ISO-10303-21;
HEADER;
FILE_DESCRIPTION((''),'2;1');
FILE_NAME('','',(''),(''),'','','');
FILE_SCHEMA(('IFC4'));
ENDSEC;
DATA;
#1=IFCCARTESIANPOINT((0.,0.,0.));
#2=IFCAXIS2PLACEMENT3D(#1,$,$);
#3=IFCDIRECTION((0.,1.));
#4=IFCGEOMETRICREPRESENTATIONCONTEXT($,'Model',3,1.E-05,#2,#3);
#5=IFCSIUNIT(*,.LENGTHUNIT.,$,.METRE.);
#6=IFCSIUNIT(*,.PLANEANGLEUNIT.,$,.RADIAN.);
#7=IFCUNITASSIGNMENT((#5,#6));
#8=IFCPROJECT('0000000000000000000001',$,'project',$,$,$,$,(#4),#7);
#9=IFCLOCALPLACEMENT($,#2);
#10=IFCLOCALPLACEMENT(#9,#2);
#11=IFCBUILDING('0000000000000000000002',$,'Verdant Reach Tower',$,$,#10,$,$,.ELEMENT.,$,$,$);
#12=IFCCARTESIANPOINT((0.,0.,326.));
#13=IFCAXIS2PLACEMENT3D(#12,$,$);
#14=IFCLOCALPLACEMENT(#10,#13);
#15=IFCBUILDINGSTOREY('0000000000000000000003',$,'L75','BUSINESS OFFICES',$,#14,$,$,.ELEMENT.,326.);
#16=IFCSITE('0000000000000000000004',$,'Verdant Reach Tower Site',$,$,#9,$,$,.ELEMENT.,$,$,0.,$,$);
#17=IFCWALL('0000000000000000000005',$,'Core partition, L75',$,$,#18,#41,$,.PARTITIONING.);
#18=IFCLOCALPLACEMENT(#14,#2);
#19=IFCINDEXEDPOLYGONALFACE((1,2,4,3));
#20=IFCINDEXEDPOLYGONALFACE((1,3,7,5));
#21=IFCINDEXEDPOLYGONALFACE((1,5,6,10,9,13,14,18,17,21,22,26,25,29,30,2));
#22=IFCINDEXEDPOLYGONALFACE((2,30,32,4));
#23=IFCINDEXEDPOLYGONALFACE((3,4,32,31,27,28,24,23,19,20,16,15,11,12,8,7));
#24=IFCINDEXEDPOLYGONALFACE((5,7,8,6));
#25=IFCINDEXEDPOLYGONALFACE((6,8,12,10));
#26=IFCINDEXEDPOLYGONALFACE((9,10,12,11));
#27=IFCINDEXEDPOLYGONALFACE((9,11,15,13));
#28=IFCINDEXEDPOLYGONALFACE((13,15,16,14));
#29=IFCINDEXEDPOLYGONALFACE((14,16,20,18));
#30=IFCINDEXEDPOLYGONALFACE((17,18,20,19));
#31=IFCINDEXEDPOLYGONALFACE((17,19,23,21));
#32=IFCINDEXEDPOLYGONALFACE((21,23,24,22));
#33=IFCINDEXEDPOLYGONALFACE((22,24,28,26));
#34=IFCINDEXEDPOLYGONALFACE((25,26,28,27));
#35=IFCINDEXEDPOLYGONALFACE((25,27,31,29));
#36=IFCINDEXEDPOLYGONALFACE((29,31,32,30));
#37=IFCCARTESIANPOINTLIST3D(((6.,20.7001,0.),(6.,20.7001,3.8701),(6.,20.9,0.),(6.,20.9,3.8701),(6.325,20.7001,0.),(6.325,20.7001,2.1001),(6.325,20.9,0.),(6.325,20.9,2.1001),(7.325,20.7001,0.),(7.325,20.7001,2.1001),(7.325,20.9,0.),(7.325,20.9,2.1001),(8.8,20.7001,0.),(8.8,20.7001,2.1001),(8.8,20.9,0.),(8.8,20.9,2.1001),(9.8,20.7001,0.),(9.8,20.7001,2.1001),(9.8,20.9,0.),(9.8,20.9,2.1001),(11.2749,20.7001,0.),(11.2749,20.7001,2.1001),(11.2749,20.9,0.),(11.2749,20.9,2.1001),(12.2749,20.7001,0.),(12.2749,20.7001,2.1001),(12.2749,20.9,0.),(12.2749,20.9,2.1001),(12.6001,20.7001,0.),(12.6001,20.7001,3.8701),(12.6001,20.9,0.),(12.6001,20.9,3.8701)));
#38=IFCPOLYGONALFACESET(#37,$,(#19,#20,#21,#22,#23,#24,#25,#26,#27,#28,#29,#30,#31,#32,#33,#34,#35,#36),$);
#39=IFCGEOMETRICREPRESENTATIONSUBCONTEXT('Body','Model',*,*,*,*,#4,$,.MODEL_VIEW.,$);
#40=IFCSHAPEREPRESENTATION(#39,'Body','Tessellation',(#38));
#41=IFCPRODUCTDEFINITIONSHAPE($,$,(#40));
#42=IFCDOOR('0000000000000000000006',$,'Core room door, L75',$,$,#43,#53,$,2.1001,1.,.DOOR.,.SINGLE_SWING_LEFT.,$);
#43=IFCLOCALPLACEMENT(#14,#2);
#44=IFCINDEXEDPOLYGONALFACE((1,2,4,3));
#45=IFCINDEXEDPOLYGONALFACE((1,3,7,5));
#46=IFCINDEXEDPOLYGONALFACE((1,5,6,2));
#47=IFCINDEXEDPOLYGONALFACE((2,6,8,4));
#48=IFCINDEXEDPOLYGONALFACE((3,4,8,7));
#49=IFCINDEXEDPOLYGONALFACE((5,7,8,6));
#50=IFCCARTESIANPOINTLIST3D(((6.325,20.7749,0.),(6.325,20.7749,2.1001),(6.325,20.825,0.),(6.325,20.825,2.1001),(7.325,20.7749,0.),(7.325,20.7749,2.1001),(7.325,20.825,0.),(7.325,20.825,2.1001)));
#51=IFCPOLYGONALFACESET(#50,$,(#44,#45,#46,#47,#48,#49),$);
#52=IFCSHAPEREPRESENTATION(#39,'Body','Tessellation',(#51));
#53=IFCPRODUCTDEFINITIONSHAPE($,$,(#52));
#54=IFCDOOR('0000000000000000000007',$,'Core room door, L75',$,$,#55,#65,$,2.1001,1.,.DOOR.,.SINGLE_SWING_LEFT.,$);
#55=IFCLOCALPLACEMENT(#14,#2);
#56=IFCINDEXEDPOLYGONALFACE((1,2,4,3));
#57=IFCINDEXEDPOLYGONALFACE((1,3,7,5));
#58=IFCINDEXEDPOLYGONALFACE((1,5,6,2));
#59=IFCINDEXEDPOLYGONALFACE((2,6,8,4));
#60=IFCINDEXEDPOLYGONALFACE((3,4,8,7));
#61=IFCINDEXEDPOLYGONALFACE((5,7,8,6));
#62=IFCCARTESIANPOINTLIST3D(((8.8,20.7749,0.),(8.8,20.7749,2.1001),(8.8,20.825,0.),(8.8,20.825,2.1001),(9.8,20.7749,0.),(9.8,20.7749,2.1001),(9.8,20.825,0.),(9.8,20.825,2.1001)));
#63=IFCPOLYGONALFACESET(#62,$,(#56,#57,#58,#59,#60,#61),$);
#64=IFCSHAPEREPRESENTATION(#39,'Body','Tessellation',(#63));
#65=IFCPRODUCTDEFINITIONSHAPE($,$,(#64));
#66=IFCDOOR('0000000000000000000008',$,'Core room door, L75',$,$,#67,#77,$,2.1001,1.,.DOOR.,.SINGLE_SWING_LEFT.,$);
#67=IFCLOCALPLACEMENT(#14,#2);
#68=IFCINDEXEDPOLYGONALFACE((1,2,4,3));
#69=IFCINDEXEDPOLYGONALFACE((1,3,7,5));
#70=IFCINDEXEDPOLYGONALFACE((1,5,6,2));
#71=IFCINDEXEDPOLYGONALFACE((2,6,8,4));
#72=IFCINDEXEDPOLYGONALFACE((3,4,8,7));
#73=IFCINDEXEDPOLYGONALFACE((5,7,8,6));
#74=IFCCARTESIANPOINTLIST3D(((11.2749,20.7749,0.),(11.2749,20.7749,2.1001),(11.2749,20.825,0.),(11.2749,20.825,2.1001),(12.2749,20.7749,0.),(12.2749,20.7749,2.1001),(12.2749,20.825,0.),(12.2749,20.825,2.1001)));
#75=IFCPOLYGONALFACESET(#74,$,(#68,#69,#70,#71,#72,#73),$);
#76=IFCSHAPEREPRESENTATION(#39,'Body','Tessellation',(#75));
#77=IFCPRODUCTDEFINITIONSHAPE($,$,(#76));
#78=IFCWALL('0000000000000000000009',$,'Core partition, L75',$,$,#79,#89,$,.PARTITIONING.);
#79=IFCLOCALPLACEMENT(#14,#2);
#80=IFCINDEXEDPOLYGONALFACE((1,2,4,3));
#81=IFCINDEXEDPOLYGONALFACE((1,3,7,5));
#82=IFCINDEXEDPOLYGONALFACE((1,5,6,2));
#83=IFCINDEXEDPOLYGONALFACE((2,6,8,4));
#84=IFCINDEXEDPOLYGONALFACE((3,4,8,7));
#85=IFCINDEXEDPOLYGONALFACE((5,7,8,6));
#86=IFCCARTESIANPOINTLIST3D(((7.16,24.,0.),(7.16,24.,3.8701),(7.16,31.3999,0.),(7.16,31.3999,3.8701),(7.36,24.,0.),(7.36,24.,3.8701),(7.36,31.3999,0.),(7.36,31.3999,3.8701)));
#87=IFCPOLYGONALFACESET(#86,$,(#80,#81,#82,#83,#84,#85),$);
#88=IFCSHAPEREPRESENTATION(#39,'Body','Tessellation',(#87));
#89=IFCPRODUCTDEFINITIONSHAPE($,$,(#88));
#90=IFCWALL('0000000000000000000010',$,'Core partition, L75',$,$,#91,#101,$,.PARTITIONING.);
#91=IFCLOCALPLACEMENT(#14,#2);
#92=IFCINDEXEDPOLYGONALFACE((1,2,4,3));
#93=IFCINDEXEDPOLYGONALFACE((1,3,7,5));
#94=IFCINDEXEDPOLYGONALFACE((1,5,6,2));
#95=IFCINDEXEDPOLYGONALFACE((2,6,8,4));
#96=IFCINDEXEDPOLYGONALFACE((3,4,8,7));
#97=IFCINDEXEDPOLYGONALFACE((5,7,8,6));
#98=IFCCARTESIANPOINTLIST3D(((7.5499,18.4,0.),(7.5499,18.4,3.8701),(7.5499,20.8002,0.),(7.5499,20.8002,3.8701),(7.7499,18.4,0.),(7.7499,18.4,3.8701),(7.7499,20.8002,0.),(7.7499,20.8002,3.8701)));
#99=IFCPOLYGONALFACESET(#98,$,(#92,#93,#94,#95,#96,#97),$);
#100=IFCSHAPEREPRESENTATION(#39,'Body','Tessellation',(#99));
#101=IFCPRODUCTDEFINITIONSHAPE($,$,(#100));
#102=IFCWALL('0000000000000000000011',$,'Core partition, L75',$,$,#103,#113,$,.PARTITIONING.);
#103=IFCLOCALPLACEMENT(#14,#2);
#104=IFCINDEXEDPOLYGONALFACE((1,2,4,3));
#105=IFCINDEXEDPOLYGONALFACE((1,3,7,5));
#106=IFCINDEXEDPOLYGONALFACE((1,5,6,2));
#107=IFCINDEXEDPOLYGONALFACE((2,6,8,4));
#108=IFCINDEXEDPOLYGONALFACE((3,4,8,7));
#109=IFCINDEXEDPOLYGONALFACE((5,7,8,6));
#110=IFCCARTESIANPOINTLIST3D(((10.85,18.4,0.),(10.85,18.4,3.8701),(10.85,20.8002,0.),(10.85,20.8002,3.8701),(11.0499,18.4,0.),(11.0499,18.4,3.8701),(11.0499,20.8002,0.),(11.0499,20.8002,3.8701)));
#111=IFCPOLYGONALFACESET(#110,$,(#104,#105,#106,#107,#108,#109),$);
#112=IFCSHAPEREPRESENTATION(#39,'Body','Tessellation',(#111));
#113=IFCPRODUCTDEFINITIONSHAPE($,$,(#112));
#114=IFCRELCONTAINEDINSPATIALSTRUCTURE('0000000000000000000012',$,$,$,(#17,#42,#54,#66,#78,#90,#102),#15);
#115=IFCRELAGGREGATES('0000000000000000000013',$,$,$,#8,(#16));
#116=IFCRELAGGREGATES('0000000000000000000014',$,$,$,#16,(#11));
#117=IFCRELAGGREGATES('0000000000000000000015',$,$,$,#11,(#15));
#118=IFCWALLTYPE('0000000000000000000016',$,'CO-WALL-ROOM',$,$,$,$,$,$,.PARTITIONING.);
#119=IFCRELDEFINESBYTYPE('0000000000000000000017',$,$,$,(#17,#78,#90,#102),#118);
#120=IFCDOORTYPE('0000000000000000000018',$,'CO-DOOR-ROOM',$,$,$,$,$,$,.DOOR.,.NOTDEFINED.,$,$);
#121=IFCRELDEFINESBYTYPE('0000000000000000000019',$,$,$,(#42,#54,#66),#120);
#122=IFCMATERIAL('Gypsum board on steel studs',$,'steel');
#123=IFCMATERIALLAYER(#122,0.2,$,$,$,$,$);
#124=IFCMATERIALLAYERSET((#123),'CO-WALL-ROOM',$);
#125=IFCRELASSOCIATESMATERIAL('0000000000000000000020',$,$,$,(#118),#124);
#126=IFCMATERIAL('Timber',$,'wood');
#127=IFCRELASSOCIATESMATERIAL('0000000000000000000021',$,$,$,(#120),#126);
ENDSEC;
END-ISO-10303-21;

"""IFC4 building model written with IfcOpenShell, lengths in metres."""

from ifc_helpers import new_model, si_unit, direction, frame, frame_2d, origin, place, context, subcontext, project, spatial, rectangle, extrude, material, layer, layer_set, type_object, element, fill, save


model = new_model("IFC4")

# Units and contexts
model_context = context("Model", 3, precision=1e-05, world=origin(), true_north=direction((0.0, 1.0)))
body_context = subcontext(model_context, "Body", "Model", "MODEL_VIEW")
ifc_project = project(units=[si_unit("LENGTHUNIT", "METRE"), si_unit("PLANEANGLEUNIT", "RADIAN")], contexts=[model_context])

# Site, building, storey
site_placement = place(None, origin())
site = spatial("IfcSite", under=ifc_project, at=site_placement, Name="Verdant Reach Tower Site", CompositionType="ELEMENT", RefElevation=0.0)
building_placement = place(site_placement, origin())
building = spatial("IfcBuilding", under=site, at=building_placement, Name="Verdant Reach Tower", CompositionType="ELEMENT")
storey_placement = place(building_placement, frame((0.0, 0.0, 326.0)))
storey = spatial("IfcBuildingStorey", under=building, at=storey_placement, Name="L75", Description="BUSINESS OFFICES", CompositionType="ELEMENT", Elevation=326.0)

# Wall, openings, doors
ifc_material_1 = material(Name="Gypsum board on steel studs", Category="steel")
ifc_layer_1 = layer(ifc_material_1, 0.2)
ifc_layer_set_1 = layer_set([ifc_layer_1], Name="CO-WALL-ROOM")
wall_type_1 = type_object("IfcWallType", Name="CO-WALL-ROOM", PredefinedType="PARTITIONING", material=ifc_layer_set_1)
wall_1_placement = place(storey_placement, frame((6.0, 20.8, 0.0), z_axis=(0.0, 0.0, 1.0), x_axis=(1.0, 0.0, 0.0)))
wall_1 = element("IfcWall", 1, at=wall_1_placement, inside=storey, type_object=wall_type_1, Name="Core partition, L75", PredefinedType="PARTITIONING", context=body_context, shape_type="SweptSolid", body=[
    extrude(rectangle(XDim=6.6001, YDim=0.2, at=frame_2d((3.3, 0.0))), origin(), (0.0, 0.0, 1.0), 3.8701),
])
opening_1_placement = place(wall_1_placement, frame((0.325, 0.0, 0.0)))
opening_1 = element("IfcOpeningElement", 2, at=opening_1_placement, cuts=wall_1, PredefinedType="OPENING", context=body_context, shape_type="SweptSolid", body=[
    extrude(rectangle(XDim=1.0, YDim=2.1001, at=frame_2d((0.5, 1.05))), frame((0.0, 0.1099, 0.0), z_axis=(0.0, -1.0, 0.0), x_axis=(1.0, 0.0, 0.0)), (0.0, 0.0, 1.0), 0.22),
])
opening_2_placement = place(wall_1_placement, frame((2.8, 0.0, 0.0)))
opening_2 = element("IfcOpeningElement", 3, at=opening_2_placement, cuts=wall_1, PredefinedType="OPENING", context=body_context, shape_type="SweptSolid", body=[
    extrude(rectangle(XDim=1.0, YDim=2.1001, at=frame_2d((0.5, 1.05))), frame((0.0, 0.1099, 0.0), z_axis=(0.0, -1.0, 0.0), x_axis=(1.0, 0.0, 0.0)), (0.0, 0.0, 1.0), 0.22),
])
opening_3_placement = place(wall_1_placement, frame((5.2749, 0.0, 0.0)))
opening_3 = element("IfcOpeningElement", 4, at=opening_3_placement, cuts=wall_1, PredefinedType="OPENING", context=body_context, shape_type="SweptSolid", body=[
    extrude(rectangle(XDim=1.0, YDim=2.1001, at=frame_2d((0.5, 1.05))), frame((0.0, 0.1099, 0.0), z_axis=(0.0, -1.0, 0.0), x_axis=(1.0, 0.0, 0.0)), (0.0, 0.0, 1.0), 0.22),
])
ifc_material_2 = material(Name="Timber", Category="wood")
door_type_1 = type_object("IfcDoorType", Name="CO-DOOR-ROOM", OperationType="NOTDEFINED", PredefinedType="DOOR", material=ifc_material_2)
door_1_placement = place(opening_1_placement, origin())
door_1 = element("IfcDoor", 5, at=door_1_placement, inside=storey, type_object=door_type_1, Name="Core room door, L75", OperationType="SINGLE_SWING_LEFT", OverallHeight=2.1001, OverallWidth=1.0, PredefinedType="DOOR", context=body_context, shape_type="SweptSolid", body=[
    extrude(rectangle(XDim=1.0, YDim=2.1001, at=frame_2d((0.5, 1.05))), frame((0.0, 0.0249, 0.0), z_axis=(0.0, -1.0, 0.0), x_axis=(1.0, 0.0, 0.0)), (0.0, 0.0, 1.0), 0.05),
])
fill(opening_1, door_1)
door_2_placement = place(opening_2_placement, origin())
door_2 = element("IfcDoor", 6, at=door_2_placement, inside=storey, type_object=door_type_1, Name="Core room door, L75", OperationType="SINGLE_SWING_LEFT", OverallHeight=2.1001, OverallWidth=1.0, PredefinedType="DOOR", context=body_context, shape_type="SweptSolid", body=[
    extrude(rectangle(XDim=1.0, YDim=2.1001, at=frame_2d((0.5, 1.05))), frame((0.0, 0.0249, 0.0), z_axis=(0.0, -1.0, 0.0), x_axis=(1.0, 0.0, 0.0)), (0.0, 0.0, 1.0), 0.05),
])
fill(opening_2, door_2)
door_3_placement = place(opening_3_placement, origin())
door_3 = element("IfcDoor", 7, at=door_3_placement, inside=storey, type_object=door_type_1, Name="Core room door, L75", OperationType="SINGLE_SWING_LEFT", OverallHeight=2.1001, OverallWidth=1.0, PredefinedType="DOOR", context=body_context, shape_type="SweptSolid", body=[
    extrude(rectangle(XDim=1.0, YDim=2.1001, at=frame_2d((0.5, 1.05))), frame((0.0, 0.0249, 0.0), z_axis=(0.0, -1.0, 0.0), x_axis=(1.0, 0.0, 0.0)), (0.0, 0.0, 1.0), 0.05),
])
fill(opening_3, door_3)

# Walls
wall_2_placement = place(storey_placement, frame((7.26, 24.0, 0.0), z_axis=(0.0, 0.0, 1.0), x_axis=(0.0, 1.0, 0.0)))
element("IfcWall", 8, at=wall_2_placement, inside=storey, type_object=wall_type_1, Name="Core partition, L75", PredefinedType="PARTITIONING", context=body_context, shape_type="SweptSolid", body=[
    extrude(rectangle(XDim=7.3999, YDim=0.2, at=frame_2d((3.7, 0.0))), origin(), (0.0, 0.0, 1.0), 3.8701),
])
for number, where, z_axis, x_axis, name in (
    (9, (7.6499, 18.3999, 0.0), (0.0, 0.0, 1.0), (0.0, 1.0, 0.0), "Core partition, L75"),
    (10, (10.95, 18.3999, 0.0), (0.0, 0.0, 1.0), (0.0, 1.0, 0.0), "Core partition, L75"),
):
    element("IfcWall", number, at=place(storey_placement, frame(where, z_axis=z_axis, x_axis=x_axis)), inside=storey, type_object=wall_type_1, Name=name, PredefinedType="PARTITIONING", context=body_context, shape_type="SweptSolid", body=[
        extrude(rectangle(XDim=2.4001, YDim=0.2, at=frame_2d((1.2002, 0.0))), origin(), (0.0, 0.0, 1.0), 3.8701),
    ])

save(model, "model.ifc")
